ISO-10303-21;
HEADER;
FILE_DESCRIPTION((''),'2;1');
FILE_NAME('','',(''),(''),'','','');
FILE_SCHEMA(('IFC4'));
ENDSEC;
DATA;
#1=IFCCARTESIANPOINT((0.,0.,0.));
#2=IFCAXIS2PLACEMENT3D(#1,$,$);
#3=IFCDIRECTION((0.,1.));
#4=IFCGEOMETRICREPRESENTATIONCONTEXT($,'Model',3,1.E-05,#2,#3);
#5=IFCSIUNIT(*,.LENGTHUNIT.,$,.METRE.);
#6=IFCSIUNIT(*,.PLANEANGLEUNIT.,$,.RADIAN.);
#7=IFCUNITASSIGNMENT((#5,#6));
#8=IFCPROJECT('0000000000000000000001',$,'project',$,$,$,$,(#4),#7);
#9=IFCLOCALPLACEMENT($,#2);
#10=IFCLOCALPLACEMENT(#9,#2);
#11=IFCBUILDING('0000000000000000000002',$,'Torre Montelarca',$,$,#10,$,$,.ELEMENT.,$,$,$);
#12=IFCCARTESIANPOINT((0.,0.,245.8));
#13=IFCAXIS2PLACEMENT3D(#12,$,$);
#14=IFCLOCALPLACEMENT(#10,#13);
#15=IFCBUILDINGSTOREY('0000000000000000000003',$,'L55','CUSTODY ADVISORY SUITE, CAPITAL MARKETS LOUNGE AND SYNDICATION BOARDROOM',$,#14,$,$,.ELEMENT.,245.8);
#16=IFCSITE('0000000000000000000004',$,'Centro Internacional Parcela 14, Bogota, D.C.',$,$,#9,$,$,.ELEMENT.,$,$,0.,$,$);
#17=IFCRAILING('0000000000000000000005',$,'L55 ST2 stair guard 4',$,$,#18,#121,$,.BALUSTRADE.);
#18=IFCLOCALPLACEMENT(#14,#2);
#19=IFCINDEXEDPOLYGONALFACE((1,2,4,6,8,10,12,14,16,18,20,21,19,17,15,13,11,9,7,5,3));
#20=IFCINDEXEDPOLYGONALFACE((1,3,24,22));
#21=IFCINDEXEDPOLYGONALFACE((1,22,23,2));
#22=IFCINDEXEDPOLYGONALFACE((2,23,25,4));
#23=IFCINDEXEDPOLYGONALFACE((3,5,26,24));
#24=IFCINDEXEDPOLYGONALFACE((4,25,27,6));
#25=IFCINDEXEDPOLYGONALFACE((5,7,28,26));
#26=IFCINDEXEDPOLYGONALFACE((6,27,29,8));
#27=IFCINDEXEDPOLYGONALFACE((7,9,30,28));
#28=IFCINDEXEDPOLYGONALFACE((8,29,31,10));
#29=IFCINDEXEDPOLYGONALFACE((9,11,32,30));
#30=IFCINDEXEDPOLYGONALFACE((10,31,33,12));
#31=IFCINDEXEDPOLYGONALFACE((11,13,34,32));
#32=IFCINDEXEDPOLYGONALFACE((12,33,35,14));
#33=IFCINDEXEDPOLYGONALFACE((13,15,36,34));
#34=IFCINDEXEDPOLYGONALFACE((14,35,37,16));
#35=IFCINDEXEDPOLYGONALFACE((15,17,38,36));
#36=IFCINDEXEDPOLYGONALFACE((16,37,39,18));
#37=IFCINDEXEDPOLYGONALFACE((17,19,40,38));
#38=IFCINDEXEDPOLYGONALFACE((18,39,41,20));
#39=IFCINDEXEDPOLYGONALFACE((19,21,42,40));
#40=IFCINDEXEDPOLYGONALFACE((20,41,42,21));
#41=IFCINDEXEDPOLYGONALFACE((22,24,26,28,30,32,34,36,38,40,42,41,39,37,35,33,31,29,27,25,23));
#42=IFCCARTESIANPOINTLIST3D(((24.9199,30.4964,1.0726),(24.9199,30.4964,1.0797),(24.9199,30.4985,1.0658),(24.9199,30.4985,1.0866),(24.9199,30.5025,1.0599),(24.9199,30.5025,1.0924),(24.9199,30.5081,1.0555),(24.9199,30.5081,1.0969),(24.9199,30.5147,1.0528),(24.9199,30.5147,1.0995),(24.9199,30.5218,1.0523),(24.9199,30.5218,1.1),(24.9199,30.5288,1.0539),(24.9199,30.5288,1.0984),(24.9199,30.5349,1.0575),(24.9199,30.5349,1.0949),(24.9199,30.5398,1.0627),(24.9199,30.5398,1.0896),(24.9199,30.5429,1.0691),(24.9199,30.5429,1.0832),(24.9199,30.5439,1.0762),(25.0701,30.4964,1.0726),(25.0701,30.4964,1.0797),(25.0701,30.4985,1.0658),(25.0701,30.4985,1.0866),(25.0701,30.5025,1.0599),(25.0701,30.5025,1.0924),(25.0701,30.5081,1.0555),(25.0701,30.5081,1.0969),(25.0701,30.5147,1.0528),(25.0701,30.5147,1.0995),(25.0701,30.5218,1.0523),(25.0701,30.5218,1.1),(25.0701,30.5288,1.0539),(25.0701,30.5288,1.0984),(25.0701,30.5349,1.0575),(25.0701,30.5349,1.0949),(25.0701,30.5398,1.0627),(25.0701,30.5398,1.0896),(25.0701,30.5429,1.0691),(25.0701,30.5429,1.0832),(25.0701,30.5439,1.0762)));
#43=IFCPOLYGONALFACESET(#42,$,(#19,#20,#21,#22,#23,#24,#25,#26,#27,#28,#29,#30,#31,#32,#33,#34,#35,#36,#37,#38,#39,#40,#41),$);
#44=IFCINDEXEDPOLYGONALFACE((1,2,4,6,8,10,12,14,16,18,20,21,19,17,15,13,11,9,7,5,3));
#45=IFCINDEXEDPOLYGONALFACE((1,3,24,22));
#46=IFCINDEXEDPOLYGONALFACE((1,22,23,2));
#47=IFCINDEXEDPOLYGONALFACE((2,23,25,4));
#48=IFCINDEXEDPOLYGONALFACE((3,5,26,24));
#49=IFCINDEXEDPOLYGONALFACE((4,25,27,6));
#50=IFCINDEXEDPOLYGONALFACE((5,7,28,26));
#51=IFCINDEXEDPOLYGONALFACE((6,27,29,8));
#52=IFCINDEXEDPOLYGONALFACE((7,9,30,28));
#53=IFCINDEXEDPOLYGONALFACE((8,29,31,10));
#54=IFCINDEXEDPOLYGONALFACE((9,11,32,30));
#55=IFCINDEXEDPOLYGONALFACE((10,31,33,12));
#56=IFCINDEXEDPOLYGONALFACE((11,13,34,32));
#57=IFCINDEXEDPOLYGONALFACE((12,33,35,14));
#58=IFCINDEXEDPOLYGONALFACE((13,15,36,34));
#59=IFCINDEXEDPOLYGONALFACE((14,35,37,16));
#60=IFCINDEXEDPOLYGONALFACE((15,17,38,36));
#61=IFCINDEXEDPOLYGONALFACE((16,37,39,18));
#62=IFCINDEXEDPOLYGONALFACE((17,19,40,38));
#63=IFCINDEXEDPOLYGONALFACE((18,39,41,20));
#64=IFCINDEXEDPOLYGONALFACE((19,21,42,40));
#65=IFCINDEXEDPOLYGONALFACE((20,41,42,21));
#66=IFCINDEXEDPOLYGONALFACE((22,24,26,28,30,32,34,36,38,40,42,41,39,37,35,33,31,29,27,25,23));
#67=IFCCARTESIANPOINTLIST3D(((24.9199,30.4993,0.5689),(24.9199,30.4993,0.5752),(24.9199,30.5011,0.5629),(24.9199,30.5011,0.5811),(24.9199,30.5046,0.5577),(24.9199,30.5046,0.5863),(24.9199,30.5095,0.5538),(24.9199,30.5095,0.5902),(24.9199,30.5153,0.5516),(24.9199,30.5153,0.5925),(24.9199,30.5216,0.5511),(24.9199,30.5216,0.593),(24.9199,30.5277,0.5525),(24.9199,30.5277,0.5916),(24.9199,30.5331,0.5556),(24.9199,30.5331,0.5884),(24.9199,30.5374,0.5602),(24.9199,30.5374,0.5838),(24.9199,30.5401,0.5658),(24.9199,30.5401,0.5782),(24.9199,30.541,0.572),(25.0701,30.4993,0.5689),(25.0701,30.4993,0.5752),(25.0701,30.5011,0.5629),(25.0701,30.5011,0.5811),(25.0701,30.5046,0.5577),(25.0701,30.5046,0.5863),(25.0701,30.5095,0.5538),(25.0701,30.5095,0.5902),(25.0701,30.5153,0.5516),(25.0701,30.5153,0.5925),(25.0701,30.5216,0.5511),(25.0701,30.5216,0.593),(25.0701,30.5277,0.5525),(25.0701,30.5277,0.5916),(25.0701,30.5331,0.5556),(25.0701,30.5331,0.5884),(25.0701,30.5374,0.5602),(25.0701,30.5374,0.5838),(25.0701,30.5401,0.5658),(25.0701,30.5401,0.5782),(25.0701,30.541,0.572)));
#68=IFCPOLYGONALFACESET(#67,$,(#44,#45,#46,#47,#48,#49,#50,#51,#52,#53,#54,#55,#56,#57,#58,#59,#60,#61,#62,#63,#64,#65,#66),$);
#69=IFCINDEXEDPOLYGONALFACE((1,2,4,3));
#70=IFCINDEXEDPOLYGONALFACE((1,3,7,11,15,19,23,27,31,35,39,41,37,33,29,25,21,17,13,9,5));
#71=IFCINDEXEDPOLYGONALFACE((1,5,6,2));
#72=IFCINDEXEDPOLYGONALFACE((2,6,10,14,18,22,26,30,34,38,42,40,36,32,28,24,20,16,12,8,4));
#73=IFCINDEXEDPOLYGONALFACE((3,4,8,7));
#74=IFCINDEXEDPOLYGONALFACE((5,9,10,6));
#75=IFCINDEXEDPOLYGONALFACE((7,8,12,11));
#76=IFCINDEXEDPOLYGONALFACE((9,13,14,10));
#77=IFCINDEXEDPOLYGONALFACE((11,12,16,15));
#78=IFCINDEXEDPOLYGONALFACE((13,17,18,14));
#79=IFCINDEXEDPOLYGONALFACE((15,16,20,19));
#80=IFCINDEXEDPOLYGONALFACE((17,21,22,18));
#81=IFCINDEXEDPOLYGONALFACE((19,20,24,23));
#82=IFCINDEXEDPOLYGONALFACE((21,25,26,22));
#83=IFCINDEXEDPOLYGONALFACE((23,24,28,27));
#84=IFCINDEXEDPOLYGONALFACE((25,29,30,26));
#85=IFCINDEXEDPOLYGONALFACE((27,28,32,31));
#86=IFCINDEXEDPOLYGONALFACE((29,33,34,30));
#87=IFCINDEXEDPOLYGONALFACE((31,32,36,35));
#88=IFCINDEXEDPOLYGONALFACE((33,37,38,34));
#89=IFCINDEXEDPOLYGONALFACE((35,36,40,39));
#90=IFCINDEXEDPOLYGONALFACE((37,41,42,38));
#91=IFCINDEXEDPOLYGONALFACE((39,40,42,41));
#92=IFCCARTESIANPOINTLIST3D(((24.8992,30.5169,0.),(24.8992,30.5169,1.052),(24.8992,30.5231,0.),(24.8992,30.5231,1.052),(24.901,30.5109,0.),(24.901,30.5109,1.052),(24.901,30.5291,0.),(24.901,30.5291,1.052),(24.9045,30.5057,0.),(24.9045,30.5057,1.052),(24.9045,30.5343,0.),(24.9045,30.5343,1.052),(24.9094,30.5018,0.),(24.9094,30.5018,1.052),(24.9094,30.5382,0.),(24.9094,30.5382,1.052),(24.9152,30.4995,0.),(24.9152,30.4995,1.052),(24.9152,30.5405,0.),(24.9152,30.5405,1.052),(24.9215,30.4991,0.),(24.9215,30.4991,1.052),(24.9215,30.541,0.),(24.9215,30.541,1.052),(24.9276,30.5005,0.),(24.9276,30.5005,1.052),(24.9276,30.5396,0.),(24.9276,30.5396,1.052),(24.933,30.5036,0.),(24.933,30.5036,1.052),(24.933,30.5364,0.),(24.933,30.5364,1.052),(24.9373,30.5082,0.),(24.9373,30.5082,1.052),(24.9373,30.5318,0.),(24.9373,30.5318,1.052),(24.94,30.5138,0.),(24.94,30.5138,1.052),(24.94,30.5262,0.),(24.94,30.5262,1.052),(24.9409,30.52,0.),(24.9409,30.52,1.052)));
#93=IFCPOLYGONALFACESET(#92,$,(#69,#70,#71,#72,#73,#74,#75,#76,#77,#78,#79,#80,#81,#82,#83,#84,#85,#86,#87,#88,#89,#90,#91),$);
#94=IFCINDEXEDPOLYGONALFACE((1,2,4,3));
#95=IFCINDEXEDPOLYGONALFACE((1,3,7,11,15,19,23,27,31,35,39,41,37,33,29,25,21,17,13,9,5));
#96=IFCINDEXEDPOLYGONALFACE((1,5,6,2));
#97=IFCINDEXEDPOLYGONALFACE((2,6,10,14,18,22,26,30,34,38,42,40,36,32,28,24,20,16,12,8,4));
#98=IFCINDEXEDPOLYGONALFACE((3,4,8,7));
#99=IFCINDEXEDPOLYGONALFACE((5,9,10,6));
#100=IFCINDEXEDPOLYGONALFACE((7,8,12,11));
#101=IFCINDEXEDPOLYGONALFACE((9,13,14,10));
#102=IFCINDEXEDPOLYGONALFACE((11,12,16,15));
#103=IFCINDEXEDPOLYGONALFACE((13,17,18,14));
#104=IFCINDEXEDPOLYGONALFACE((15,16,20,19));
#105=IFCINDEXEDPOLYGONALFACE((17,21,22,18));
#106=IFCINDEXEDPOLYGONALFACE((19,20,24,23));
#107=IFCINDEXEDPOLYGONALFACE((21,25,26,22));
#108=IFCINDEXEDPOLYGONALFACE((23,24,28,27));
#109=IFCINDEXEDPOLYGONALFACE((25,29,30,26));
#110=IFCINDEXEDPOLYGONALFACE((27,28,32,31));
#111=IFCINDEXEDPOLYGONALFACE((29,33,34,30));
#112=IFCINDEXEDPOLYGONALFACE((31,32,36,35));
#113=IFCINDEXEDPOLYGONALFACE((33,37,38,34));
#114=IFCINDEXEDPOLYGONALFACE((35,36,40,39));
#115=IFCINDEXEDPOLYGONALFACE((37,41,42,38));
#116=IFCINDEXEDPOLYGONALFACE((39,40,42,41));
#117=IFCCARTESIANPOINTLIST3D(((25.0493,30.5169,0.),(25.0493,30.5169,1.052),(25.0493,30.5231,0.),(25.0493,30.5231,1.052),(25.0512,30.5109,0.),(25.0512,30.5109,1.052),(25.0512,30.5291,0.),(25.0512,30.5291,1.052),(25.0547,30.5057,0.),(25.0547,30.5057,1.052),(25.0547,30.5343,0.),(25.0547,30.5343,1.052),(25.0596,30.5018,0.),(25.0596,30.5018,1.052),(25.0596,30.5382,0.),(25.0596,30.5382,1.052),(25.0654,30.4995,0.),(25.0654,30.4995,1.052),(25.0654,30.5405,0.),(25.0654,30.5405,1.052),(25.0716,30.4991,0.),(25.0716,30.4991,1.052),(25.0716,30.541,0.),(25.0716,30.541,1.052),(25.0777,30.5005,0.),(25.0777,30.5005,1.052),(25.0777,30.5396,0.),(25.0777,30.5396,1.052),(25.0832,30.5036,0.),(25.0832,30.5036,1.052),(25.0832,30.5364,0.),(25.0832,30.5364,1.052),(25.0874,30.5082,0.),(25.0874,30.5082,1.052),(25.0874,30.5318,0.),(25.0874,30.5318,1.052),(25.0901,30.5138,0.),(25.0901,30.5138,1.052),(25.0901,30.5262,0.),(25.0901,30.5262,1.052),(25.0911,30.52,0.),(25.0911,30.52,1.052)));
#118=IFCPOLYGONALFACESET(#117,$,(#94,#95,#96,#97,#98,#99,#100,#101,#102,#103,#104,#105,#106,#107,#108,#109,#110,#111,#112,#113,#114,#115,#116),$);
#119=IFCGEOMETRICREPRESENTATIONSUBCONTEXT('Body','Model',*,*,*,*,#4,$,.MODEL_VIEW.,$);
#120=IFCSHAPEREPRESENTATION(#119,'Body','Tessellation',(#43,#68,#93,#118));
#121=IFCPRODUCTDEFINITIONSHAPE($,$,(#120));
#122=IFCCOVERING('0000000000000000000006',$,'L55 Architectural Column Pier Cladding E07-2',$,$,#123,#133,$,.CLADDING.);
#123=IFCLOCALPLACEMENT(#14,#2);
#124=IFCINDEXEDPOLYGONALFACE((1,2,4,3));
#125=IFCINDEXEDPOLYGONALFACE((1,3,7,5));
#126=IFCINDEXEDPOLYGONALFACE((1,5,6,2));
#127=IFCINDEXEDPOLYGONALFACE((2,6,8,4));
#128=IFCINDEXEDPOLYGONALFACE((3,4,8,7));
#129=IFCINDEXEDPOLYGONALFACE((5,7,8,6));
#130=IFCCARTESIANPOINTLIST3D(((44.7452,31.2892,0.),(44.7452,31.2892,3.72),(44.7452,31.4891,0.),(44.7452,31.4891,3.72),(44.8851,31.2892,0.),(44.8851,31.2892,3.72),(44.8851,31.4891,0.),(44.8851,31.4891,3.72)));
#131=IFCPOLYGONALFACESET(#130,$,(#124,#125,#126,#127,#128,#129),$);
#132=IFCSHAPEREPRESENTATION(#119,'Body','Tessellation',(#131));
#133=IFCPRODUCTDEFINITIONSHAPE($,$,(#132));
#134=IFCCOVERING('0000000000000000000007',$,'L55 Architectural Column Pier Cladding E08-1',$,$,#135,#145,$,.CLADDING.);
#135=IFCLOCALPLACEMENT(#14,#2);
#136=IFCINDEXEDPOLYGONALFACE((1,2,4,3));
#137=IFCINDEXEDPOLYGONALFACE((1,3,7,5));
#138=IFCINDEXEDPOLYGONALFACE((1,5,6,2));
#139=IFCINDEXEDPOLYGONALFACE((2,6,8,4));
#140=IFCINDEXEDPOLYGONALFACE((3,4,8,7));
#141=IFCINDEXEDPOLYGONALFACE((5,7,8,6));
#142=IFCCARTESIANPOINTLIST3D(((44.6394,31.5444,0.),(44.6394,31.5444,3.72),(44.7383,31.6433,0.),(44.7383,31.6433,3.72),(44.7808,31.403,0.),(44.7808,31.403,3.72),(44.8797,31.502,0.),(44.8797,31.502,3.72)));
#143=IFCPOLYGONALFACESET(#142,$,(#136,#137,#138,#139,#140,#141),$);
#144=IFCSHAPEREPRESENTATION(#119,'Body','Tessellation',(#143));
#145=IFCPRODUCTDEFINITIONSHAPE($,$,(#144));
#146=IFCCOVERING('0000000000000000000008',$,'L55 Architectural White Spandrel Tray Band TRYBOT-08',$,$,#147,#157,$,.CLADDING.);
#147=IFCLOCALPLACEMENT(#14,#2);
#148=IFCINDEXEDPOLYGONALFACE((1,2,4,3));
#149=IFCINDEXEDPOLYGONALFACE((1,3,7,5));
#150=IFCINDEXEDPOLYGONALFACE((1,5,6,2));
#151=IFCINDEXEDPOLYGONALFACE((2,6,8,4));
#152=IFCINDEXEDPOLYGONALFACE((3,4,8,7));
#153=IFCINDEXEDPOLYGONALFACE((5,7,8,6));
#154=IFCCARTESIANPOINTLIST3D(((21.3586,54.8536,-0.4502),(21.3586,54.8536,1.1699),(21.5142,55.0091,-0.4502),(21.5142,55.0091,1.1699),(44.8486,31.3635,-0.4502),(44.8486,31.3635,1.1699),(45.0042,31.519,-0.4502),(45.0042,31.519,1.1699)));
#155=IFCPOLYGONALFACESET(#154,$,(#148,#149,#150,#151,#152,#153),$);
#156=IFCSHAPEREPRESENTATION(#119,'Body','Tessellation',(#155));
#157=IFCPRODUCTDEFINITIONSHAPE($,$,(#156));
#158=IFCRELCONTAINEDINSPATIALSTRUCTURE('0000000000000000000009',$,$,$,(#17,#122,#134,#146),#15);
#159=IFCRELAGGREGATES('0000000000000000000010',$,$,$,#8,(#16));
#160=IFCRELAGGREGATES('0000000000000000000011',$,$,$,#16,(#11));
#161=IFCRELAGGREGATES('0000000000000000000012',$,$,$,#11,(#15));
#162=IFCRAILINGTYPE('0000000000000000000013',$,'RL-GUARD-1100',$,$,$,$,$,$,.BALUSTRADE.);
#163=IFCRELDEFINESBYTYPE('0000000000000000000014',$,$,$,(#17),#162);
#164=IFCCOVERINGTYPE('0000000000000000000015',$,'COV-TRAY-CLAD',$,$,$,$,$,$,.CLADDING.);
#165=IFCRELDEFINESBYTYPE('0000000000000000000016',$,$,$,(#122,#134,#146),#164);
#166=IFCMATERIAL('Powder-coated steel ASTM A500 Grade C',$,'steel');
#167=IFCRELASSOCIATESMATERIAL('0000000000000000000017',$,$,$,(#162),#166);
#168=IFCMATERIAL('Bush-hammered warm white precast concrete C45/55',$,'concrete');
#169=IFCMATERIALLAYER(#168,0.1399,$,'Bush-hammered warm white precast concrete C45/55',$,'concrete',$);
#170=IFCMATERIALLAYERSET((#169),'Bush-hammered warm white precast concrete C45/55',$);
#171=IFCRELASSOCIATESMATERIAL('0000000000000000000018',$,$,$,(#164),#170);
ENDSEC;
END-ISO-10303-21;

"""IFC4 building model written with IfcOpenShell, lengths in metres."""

from ifc_helpers import new_model, si_unit, direction, frame, origin, origin_2d, place, context, subcontext, project, spatial, rectangle, circle, extrude, source, transform, mapped, material, layer, layer_set, type_object, element, save


model = new_model("IFC4")

# Units and contexts
model_context = context("Model", 3, precision=1e-05, world=origin(), true_north=direction((0.0, 1.0)))
body_context = subcontext(model_context, "Body", "Model", "MODEL_VIEW")
ifc_project = project(units=[si_unit("LENGTHUNIT", "METRE"), si_unit("PLANEANGLEUNIT", "RADIAN")], contexts=[model_context])

# Site, building, storey
site_placement = place(None, origin())
site = spatial("IfcSite", under=ifc_project, at=site_placement, Name="Centro Internacional Parcela 14, Bogota, D.C.", CompositionType="ELEMENT", RefElevation=0.0)
building_placement = place(site_placement, origin())
building = spatial("IfcBuilding", under=site, at=building_placement, Name="Torre Montelarca", CompositionType="ELEMENT")
storey_placement = place(building_placement, frame((0.0, 0.0, 245.8)))
storey = spatial("IfcBuildingStorey", under=building, at=storey_placement, Name="L55", Description="CUSTODY ADVISORY SUITE, CAPITAL MARKETS LOUNGE AND SYNDICATION BOARDROOM", CompositionType="ELEMENT", Elevation=245.8)

# Railing
ifc_material_1 = material(Name="Powder-coated steel ASTM A500 Grade C", Category="steel")
railing_type = type_object("IfcRailingType", Name="RL-GUARD-1100", PredefinedType="BALUSTRADE", material=ifc_material_1)
railing_1_placement = place(storey_placement, frame((24.9199, 30.52, 0.0)))
element("IfcRailing", 1, at=railing_1_placement, inside=storey, type_object=railing_type, Name="L55 ST2 stair guard 4", PredefinedType="BALUSTRADE", context=body_context, shape_type="SweptSolid", body=[
    extrude(circle(Radius=0.0239, at=origin_2d()), frame((0.0, 0.0, 1.0762), z_axis=(1.0, 0.0, 0.0), x_axis=(0.0, 1.0, 0.0)), (0.0, 0.0, 1.0), 0.1501),
    extrude(circle(Radius=0.021, at=origin_2d()), frame((0.0, 0.0, 0.572), z_axis=(1.0, 0.0, 0.0), x_axis=(0.0, 1.0, 0.0)), (0.0, 0.0, 1.0), 0.1501),
    extrude(circle(Radius=0.021, at=origin_2d()), origin(), (0.0, 0.0, 1.0), 1.052),
    extrude(circle(Radius=0.021, at=origin_2d()), frame((0.1501, 0.0, 0.0)), (0.0, 0.0, 1.0), 1.052),
])

# Coverings
ifc_material_2 = material(Name="Bush-hammered warm white precast concrete C45/55", Category="concrete")
ifc_layer_1 = layer(ifc_material_2, 0.1399, Name="Bush-hammered warm white precast concrete C45/55", Category="concrete")
ifc_layer_set_1 = layer_set([ifc_layer_1], Name="Bush-hammered warm white precast concrete C45/55")
covering_type = type_object("IfcCoveringType", Name="COV-TRAY-CLAD", PredefinedType="CLADDING", material=ifc_layer_set_1)
shared_shape_1 = source(origin(), body_context, "Body", "SweptSolid", [
    extrude(rectangle(XDim=0.2, YDim=0.1399, at=origin_2d()), origin(), (0.0, 0.0, 1.0), 3.72),
])
for number, where, z_axis, x_axis, name in (
    (2, (44.8152, 31.3892, 0.0), (0.0, 0.0, 1.0), (0.0, 1.0, 0.0), "L55 Architectural Column Pier Cladding E07-2"),
    (3, (44.7595, 31.5232, 0.0), (0.0, 0.0, 1.0), (-0.707106, 0.707108, 0.0), "L55 Architectural Column Pier Cladding E08-1"),
):
    element("IfcCovering", number, at=place(storey_placement, frame(where, z_axis=z_axis, x_axis=x_axis)), inside=storey, type_object=covering_type, Name=name, PredefinedType="CLADDING", context=body_context, shape_type="MappedRepresentation", body=[
        mapped(shared_shape_1, transform((0.0, 0.0, 0.0), scale=1.0)),
    ])
shared_shape_2 = source(origin(), body_context, "Body", "SweptSolid", [
    extrude(rectangle(XDim=33.22, YDim=0.22, at=origin_2d()), origin(), (0.0, 0.0, 1.0), 1.6201),
])
covering_placement = place(storey_placement, frame((33.1814, 43.1863, -0.4502), z_axis=(0.0, 0.0, 1.0), x_axis=(-0.707106, 0.707108, 0.0)))
element("IfcCovering", 4, at=covering_placement, inside=storey, type_object=covering_type, Name="L55 Architectural White Spandrel Tray Band TRYBOT-08", PredefinedType="CLADDING", context=body_context, shape_type="MappedRepresentation", body=[
    mapped(shared_shape_2, transform((0.0, 0.0, 0.0), scale=1.0)),
])

save(model, "model.ifc")
